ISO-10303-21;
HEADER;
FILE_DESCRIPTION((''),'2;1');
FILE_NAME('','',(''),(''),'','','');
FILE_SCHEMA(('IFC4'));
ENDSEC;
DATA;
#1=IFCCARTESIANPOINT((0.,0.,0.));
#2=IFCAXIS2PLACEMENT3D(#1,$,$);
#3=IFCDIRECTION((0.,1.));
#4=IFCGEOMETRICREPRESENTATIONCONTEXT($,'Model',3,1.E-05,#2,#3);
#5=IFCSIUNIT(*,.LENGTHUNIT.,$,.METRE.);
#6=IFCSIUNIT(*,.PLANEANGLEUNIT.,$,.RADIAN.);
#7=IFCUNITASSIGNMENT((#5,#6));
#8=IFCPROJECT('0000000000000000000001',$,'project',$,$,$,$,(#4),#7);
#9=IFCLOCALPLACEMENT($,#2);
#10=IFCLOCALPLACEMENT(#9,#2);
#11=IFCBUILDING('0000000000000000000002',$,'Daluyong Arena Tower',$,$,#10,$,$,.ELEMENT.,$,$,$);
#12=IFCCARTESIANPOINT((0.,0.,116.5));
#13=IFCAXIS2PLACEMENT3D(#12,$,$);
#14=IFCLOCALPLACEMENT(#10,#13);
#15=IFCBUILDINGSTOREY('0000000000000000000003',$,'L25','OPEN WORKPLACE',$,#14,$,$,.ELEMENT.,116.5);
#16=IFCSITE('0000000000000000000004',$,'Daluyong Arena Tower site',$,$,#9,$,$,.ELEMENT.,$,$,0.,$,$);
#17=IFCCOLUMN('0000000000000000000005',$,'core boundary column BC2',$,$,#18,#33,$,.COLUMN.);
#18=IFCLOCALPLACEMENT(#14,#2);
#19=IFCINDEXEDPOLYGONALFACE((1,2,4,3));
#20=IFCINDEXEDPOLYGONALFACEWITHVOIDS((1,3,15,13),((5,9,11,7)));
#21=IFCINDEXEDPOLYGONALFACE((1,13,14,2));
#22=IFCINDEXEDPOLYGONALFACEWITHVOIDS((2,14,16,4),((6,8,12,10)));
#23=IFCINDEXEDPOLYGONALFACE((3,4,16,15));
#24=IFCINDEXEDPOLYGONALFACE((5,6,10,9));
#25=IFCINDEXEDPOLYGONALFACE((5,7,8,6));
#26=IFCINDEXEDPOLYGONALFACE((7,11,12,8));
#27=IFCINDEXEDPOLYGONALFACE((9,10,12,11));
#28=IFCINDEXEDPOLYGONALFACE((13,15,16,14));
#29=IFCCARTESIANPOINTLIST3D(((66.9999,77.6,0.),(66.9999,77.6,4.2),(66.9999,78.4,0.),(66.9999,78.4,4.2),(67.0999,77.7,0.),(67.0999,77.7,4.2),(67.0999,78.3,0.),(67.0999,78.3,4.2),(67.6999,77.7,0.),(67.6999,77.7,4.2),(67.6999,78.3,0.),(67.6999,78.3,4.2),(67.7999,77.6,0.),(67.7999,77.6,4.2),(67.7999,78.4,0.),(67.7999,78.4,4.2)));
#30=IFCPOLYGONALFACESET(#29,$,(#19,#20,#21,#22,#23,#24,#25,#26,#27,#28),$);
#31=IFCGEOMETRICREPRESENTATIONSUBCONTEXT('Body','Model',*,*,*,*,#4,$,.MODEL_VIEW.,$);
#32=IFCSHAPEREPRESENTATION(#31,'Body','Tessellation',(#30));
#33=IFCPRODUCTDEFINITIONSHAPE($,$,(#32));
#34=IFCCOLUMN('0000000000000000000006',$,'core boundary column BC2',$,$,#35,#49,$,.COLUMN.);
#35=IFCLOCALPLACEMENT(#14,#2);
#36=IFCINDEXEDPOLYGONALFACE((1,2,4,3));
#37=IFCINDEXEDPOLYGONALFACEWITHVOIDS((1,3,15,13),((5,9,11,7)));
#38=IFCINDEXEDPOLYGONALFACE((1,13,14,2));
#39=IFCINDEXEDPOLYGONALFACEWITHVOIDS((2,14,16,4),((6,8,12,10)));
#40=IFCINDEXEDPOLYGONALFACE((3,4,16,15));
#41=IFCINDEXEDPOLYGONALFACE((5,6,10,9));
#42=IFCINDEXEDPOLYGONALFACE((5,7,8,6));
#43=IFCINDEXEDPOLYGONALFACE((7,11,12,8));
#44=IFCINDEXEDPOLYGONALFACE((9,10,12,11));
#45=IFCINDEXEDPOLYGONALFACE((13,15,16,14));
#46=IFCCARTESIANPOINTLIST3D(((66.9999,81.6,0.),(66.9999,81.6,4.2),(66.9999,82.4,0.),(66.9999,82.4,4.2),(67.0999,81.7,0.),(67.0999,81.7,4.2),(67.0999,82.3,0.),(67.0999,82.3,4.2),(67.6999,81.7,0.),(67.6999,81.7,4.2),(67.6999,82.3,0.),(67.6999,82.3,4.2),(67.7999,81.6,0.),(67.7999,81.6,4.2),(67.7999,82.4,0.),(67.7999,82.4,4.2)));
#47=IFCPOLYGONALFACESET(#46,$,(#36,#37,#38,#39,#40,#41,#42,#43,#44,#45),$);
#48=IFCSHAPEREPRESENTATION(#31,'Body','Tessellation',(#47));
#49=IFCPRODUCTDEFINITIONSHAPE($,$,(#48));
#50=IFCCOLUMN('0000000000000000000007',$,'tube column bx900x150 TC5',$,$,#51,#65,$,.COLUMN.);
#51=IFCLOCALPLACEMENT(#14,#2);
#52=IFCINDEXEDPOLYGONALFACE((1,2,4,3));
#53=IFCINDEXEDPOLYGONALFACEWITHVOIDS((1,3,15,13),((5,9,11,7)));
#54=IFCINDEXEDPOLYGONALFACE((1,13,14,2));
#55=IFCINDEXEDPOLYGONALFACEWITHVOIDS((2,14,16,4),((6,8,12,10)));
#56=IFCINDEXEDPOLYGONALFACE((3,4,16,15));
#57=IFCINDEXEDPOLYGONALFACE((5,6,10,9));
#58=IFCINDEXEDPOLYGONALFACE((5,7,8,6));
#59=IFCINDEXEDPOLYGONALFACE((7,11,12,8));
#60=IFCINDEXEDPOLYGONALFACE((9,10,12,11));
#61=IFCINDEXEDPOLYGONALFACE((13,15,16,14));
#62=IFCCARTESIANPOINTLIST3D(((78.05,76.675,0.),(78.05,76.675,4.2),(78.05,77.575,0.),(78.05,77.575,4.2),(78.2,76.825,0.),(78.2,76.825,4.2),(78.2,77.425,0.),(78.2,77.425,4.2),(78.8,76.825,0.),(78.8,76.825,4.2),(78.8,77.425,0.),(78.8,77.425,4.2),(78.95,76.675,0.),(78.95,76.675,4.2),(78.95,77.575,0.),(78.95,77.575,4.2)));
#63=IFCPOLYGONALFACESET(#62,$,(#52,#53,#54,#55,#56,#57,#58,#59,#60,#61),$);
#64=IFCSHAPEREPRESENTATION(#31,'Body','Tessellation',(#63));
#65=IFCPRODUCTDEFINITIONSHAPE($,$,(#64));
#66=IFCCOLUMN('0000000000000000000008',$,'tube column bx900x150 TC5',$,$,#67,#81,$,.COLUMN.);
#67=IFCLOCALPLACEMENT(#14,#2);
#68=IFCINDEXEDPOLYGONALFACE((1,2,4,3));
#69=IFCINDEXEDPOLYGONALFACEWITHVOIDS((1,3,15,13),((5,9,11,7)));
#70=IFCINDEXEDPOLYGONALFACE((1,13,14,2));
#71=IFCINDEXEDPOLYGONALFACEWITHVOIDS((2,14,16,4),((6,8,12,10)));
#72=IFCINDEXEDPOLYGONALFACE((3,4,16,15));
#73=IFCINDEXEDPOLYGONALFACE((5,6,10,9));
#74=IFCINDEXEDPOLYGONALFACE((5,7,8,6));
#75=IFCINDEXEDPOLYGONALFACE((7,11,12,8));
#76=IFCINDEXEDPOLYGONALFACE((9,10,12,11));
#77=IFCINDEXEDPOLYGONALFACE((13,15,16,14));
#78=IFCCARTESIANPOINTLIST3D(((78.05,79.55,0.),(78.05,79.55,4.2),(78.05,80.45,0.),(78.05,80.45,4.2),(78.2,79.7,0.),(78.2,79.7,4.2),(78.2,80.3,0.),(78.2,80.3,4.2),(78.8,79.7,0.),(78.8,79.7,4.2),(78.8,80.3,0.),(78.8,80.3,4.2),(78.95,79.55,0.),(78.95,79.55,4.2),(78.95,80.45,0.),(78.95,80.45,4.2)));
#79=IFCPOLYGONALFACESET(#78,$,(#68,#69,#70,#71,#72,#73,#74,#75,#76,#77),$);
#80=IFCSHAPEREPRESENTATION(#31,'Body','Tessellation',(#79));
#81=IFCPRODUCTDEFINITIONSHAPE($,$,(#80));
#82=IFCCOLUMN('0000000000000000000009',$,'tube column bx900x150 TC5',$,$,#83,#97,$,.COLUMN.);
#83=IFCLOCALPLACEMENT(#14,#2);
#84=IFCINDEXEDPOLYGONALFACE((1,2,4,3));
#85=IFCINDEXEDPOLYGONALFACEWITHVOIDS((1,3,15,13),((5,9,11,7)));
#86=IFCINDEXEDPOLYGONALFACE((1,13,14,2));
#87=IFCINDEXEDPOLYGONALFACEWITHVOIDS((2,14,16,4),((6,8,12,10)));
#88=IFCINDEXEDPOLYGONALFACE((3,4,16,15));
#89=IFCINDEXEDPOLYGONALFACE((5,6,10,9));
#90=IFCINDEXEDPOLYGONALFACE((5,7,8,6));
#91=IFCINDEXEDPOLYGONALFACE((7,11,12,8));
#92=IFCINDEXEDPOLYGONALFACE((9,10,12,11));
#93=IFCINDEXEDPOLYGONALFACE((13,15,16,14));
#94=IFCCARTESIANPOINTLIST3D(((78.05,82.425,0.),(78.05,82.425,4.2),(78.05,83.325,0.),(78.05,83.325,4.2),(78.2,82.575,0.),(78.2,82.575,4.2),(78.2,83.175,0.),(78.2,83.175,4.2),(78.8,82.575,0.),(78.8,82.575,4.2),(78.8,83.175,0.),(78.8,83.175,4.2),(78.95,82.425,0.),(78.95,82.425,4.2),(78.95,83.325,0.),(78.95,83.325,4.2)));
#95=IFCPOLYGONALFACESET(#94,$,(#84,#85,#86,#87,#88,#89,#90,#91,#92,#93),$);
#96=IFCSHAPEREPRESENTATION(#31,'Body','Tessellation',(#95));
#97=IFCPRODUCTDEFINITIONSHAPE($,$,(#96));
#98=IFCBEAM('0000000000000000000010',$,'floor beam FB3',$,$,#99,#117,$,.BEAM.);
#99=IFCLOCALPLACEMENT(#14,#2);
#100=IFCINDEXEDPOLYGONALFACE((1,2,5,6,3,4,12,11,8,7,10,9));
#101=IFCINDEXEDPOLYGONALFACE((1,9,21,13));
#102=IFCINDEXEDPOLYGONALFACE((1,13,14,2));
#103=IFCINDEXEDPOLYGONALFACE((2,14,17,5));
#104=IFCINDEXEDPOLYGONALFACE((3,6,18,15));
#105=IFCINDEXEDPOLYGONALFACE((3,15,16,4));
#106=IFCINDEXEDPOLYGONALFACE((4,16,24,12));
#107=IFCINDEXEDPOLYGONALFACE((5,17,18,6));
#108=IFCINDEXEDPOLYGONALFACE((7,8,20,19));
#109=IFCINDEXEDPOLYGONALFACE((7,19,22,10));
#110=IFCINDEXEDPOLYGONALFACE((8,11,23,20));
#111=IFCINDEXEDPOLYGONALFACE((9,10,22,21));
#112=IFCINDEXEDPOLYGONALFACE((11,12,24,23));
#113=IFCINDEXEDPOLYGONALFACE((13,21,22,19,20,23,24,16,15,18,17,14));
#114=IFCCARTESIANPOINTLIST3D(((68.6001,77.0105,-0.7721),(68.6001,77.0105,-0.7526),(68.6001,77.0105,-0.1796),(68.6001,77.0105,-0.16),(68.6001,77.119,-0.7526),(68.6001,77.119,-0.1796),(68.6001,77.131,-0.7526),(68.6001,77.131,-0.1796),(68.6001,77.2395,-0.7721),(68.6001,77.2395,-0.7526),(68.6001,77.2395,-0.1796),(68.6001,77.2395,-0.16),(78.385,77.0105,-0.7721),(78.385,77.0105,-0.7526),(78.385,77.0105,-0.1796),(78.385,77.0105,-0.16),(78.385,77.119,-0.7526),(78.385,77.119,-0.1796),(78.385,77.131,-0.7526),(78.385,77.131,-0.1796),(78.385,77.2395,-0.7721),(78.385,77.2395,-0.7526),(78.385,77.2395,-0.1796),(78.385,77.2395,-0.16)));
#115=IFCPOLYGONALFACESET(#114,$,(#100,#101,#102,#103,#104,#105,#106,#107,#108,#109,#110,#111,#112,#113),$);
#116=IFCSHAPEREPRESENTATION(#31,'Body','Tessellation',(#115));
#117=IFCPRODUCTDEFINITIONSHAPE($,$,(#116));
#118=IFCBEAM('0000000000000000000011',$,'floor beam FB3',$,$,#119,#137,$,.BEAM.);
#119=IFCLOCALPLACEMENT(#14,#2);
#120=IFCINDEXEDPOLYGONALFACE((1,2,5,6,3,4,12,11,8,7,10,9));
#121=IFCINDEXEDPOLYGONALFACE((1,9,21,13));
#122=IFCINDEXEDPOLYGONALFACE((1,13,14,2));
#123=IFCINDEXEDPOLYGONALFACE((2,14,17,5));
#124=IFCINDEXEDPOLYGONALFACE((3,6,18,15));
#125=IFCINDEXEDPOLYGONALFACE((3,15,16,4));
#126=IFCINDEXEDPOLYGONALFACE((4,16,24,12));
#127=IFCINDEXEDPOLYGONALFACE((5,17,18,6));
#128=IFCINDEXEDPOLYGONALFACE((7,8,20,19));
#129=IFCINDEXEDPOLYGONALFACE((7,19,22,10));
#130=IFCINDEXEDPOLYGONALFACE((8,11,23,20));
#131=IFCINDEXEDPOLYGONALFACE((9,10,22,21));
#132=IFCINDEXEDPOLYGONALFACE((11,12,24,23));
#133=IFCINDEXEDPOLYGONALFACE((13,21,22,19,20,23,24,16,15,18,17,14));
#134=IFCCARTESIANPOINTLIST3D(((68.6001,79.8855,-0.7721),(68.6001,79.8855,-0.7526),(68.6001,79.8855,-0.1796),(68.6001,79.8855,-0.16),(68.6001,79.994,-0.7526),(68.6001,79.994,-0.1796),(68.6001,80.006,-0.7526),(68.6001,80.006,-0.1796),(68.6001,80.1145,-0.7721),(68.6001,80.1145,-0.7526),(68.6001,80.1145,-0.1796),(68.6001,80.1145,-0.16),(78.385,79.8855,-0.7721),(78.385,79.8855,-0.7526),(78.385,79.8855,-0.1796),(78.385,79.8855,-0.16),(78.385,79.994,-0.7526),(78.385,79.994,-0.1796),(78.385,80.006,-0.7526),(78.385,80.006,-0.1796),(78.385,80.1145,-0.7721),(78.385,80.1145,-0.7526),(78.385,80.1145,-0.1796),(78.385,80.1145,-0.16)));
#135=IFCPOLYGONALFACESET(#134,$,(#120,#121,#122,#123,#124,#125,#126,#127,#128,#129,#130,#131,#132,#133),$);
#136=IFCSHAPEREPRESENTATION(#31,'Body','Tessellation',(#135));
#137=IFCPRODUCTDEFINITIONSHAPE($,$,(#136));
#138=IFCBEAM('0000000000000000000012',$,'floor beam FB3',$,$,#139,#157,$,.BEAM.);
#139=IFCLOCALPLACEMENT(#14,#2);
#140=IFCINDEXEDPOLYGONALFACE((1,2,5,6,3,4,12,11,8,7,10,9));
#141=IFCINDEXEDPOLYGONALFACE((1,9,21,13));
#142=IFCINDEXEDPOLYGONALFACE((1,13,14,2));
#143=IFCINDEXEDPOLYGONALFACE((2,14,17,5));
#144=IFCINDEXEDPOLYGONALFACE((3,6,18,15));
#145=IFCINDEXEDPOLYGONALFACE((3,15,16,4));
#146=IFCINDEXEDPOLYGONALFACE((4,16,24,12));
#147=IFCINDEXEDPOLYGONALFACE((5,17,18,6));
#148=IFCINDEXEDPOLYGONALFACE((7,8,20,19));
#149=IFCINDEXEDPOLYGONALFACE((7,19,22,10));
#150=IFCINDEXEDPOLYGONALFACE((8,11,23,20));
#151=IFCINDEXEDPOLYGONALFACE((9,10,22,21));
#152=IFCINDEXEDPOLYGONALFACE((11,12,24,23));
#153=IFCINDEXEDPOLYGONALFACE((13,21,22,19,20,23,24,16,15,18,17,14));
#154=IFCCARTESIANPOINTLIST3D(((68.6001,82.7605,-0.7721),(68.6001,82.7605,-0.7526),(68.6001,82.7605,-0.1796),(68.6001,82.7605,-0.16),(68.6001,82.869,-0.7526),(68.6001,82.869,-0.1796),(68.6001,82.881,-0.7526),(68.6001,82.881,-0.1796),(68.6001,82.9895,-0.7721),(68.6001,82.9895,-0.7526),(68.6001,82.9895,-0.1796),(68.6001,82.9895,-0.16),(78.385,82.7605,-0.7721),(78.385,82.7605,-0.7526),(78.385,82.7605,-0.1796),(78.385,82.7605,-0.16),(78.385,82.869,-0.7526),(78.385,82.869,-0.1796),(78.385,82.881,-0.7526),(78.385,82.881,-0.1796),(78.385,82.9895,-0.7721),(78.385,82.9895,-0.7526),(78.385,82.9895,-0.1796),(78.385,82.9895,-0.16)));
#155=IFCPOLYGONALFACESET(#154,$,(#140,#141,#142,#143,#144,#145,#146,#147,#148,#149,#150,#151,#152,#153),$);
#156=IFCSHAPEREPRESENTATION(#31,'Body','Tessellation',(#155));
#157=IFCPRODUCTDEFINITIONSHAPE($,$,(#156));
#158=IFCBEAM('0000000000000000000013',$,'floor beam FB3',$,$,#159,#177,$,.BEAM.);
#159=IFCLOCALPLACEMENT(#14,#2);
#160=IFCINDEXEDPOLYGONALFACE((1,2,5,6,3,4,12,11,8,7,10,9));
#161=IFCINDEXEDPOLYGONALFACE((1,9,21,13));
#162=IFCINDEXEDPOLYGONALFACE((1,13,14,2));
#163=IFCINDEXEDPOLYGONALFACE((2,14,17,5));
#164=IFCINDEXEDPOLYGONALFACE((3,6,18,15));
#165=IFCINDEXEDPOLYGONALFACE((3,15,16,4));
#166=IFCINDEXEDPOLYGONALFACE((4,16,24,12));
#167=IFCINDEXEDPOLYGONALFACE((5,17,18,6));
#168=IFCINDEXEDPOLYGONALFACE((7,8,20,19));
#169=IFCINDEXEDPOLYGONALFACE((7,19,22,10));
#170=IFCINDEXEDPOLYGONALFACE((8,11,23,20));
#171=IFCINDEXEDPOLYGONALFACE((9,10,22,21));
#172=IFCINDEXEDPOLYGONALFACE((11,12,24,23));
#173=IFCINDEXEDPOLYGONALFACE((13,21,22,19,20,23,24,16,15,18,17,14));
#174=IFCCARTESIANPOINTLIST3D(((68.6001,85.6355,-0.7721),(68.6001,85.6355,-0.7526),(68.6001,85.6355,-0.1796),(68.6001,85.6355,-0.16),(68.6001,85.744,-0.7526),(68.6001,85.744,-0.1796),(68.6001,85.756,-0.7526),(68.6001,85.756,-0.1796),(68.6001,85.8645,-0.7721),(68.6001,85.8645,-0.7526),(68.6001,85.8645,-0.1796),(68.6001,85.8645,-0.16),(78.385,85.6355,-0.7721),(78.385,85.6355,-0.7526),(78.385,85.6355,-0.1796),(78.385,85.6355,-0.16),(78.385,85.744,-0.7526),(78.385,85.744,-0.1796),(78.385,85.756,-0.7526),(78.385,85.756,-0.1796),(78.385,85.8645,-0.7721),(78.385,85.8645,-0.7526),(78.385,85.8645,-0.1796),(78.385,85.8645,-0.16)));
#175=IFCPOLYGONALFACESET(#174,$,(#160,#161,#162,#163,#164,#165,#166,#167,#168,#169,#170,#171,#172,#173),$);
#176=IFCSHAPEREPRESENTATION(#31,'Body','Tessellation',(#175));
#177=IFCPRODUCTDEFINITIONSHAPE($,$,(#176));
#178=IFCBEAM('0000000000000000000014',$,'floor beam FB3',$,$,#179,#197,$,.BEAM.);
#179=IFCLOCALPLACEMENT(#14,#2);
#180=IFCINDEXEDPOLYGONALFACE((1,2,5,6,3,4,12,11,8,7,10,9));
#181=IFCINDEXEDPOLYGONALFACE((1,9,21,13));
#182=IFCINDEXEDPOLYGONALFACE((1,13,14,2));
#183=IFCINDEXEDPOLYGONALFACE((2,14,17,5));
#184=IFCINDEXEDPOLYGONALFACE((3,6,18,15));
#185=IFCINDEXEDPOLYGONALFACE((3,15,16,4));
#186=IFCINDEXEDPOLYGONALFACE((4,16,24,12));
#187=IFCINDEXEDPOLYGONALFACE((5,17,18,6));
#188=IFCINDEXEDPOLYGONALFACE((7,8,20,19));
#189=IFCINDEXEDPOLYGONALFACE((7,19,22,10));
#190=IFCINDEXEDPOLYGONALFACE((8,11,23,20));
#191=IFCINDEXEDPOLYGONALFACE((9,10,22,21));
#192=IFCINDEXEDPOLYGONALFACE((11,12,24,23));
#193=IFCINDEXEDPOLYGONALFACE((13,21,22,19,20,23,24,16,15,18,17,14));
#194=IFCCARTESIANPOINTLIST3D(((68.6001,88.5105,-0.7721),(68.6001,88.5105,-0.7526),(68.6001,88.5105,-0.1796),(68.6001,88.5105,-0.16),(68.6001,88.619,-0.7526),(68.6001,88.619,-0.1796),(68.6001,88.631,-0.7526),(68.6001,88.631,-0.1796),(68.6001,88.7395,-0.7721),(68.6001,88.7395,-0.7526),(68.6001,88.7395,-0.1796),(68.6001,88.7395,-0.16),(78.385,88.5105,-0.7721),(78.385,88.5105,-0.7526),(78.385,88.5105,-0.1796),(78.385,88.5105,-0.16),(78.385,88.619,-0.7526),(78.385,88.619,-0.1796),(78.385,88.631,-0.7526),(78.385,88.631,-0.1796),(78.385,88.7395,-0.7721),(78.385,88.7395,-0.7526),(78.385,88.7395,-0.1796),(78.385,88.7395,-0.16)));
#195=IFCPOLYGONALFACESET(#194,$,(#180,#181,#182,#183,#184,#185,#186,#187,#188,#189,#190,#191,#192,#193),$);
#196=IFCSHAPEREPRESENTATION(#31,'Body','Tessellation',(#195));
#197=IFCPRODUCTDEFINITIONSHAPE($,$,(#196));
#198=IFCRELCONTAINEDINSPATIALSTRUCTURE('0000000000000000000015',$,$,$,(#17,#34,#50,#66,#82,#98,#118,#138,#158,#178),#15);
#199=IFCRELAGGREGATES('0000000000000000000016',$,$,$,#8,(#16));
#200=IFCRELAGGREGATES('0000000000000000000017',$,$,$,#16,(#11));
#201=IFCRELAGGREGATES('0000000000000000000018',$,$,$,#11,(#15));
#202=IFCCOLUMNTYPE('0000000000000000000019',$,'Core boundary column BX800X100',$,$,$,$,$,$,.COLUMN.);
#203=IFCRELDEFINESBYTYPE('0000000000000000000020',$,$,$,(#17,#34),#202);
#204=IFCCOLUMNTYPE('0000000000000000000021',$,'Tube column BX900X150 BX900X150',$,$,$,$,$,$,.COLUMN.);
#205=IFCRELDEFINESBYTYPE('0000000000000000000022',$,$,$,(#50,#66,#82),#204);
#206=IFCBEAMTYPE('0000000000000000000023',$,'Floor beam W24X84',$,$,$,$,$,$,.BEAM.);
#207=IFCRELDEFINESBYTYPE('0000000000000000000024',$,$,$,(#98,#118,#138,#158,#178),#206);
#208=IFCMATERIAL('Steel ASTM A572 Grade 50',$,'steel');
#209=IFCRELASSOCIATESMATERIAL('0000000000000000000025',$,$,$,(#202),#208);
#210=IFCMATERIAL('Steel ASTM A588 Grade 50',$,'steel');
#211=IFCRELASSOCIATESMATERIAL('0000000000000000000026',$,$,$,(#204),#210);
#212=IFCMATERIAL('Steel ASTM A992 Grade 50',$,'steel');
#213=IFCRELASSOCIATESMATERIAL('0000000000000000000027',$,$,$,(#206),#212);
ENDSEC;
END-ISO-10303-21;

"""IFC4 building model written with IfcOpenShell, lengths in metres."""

from ifc_helpers import new_model, si_unit, direction, frame, origin, origin_2d, place, context, subcontext, project, spatial, hollow_rectangle, i_section, extrude, material, material_profile, profile_set, type_object, element, save


model = new_model("IFC4")

# Units and contexts
model_context = context("Model", 3, precision=1e-05, world=origin(), true_north=direction((0.0, 1.0)))
body_context = subcontext(model_context, "Body", "Model", "MODEL_VIEW")
ifc_project = project(units=[si_unit("LENGTHUNIT", "METRE"), si_unit("PLANEANGLEUNIT", "RADIAN")], contexts=[model_context])

# Site, building, storey
site_placement = place(None, origin())
site = spatial("IfcSite", under=ifc_project, at=site_placement, Name="Daluyong Arena Tower site", CompositionType="ELEMENT", RefElevation=0.0)
building_placement = place(site_placement, origin())
building = spatial("IfcBuilding", under=site, at=building_placement, Name="Daluyong Arena Tower", CompositionType="ELEMENT")
storey_placement = place(building_placement, frame((0.0, 0.0, 116.5)))
storey = spatial("IfcBuildingStorey", under=building, at=storey_placement, Name="L25", Description="OPEN WORKPLACE", CompositionType="ELEMENT", Elevation=116.5)

# Columns
ifc_material_1 = material(Name="Steel ASTM A572 Grade 50", Category="steel")
ifc_material_profile_1 = material_profile(ifc_material_1, hollow_rectangle(XDim=0.8, YDim=0.8, WallThickness=0.1, at=origin_2d()))
ifc_profile_set_1 = profile_set([ifc_material_profile_1], Name="Steel ASTM A572 Grade 50")
column_type_1 = type_object("IfcColumnType", Name="Core boundary column BX800X100", PredefinedType="COLUMN", material=ifc_profile_set_1)
for number, where, z_axis, x_axis, name in (
    (1, (67.3999, 78.0, 0.0), (0.0, 0.0, 1.0), (1.0, 0.0, 0.0), "core boundary column BC2"),
    (2, (67.3999, 82.0, 0.0), (0.0, 0.0, 1.0), (1.0, 0.0, 0.0), "core boundary column BC2"),
):
    element("IfcColumn", number, at=place(storey_placement, frame(where, z_axis=z_axis, x_axis=x_axis)), inside=storey, type_object=column_type_1, Name=name, PredefinedType="COLUMN", context=body_context, shape_type="SweptSolid", body=[
        extrude(hollow_rectangle(XDim=0.8, YDim=0.8, WallThickness=0.1, at=origin_2d()), origin(), (0.0, 0.0, 1.0), 4.2),
    ])
ifc_material_2 = material(Name="Steel ASTM A588 Grade 50", Category="steel")
ifc_material_profile_2 = material_profile(ifc_material_2, hollow_rectangle(XDim=0.8999, YDim=0.8999, WallThickness=0.15, at=origin_2d()))
ifc_profile_set_2 = profile_set([ifc_material_profile_2], Name="Steel ASTM A588 Grade 50")
column_type_2 = type_object("IfcColumnType", Name="Tube column BX900X150 BX900X150", PredefinedType="COLUMN", material=ifc_profile_set_2)
for number, where, z_axis, x_axis, name in (
    (3, (78.5, 77.125, 0.0), (0.0, 0.0, 1.0), (0.0, 1.0, 0.0), "tube column bx900x150 TC5"),
    (4, (78.5, 80.0, 0.0), (0.0, 0.0, 1.0), (0.0, 1.0, 0.0), "tube column bx900x150 TC5"),
    (5, (78.5, 82.875, 0.0), (0.0, 0.0, 1.0), (0.0, 1.0, 0.0), "tube column bx900x150 TC5"),
):
    element("IfcColumn", number, at=place(storey_placement, frame(where, z_axis=z_axis, x_axis=x_axis)), inside=storey, type_object=column_type_2, Name=name, PredefinedType="COLUMN", context=body_context, shape_type="SweptSolid", body=[
        extrude(hollow_rectangle(XDim=0.8999, YDim=0.8999, WallThickness=0.15, at=origin_2d()), origin(), (0.0, 0.0, 1.0), 4.2),
    ])

# Beams
ifc_material_3 = material(Name="Steel ASTM A992 Grade 50", Category="steel")
ifc_material_profile_3 = material_profile(ifc_material_3, i_section(OverallWidth=0.229, OverallDepth=0.6121, WebThickness=0.012, FlangeThickness=0.0195, at=origin_2d()))
ifc_profile_set_3 = profile_set([ifc_material_profile_3], Name="Steel ASTM A992 Grade 50")
beam_type_1 = type_object("IfcBeamType", Name="Floor beam W24X84", PredefinedType="BEAM", material=ifc_profile_set_3)
for number, where, z_axis, x_axis, name in (
    (6, (78.385, 77.125, -0.4661), (-1.0, 0.0, 0.0), (0.0, -1.0, 0.0), "floor beam FB3"),
    (7, (78.385, 80.0, -0.4661), (-1.0, 0.0, 0.0), (0.0, -1.0, 0.0), "floor beam FB3"),
    (8, (78.385, 82.875, -0.4661), (-1.0, 0.0, 0.0), (0.0, -1.0, 0.0), "floor beam FB3"),
    (9, (78.385, 85.75, -0.4661), (-1.0, 0.0, 0.0), (0.0, -1.0, 0.0), "floor beam FB3"),
    (10, (78.385, 88.625, -0.4661), (-1.0, 0.0, 0.0), (0.0, -1.0, 0.0), "floor beam FB3"),
):
    element("IfcBeam", number, at=place(storey_placement, frame(where, z_axis=z_axis, x_axis=x_axis)), inside=storey, type_object=beam_type_1, Name=name, PredefinedType="BEAM", context=body_context, shape_type="SweptSolid", body=[
        extrude(i_section(OverallWidth=0.229, OverallDepth=0.6121, WebThickness=0.012, FlangeThickness=0.0195, at=origin_2d()), origin(), (0.0, 0.0, 1.0), 9.7849),
    ])

save(model, "model.ifc")
